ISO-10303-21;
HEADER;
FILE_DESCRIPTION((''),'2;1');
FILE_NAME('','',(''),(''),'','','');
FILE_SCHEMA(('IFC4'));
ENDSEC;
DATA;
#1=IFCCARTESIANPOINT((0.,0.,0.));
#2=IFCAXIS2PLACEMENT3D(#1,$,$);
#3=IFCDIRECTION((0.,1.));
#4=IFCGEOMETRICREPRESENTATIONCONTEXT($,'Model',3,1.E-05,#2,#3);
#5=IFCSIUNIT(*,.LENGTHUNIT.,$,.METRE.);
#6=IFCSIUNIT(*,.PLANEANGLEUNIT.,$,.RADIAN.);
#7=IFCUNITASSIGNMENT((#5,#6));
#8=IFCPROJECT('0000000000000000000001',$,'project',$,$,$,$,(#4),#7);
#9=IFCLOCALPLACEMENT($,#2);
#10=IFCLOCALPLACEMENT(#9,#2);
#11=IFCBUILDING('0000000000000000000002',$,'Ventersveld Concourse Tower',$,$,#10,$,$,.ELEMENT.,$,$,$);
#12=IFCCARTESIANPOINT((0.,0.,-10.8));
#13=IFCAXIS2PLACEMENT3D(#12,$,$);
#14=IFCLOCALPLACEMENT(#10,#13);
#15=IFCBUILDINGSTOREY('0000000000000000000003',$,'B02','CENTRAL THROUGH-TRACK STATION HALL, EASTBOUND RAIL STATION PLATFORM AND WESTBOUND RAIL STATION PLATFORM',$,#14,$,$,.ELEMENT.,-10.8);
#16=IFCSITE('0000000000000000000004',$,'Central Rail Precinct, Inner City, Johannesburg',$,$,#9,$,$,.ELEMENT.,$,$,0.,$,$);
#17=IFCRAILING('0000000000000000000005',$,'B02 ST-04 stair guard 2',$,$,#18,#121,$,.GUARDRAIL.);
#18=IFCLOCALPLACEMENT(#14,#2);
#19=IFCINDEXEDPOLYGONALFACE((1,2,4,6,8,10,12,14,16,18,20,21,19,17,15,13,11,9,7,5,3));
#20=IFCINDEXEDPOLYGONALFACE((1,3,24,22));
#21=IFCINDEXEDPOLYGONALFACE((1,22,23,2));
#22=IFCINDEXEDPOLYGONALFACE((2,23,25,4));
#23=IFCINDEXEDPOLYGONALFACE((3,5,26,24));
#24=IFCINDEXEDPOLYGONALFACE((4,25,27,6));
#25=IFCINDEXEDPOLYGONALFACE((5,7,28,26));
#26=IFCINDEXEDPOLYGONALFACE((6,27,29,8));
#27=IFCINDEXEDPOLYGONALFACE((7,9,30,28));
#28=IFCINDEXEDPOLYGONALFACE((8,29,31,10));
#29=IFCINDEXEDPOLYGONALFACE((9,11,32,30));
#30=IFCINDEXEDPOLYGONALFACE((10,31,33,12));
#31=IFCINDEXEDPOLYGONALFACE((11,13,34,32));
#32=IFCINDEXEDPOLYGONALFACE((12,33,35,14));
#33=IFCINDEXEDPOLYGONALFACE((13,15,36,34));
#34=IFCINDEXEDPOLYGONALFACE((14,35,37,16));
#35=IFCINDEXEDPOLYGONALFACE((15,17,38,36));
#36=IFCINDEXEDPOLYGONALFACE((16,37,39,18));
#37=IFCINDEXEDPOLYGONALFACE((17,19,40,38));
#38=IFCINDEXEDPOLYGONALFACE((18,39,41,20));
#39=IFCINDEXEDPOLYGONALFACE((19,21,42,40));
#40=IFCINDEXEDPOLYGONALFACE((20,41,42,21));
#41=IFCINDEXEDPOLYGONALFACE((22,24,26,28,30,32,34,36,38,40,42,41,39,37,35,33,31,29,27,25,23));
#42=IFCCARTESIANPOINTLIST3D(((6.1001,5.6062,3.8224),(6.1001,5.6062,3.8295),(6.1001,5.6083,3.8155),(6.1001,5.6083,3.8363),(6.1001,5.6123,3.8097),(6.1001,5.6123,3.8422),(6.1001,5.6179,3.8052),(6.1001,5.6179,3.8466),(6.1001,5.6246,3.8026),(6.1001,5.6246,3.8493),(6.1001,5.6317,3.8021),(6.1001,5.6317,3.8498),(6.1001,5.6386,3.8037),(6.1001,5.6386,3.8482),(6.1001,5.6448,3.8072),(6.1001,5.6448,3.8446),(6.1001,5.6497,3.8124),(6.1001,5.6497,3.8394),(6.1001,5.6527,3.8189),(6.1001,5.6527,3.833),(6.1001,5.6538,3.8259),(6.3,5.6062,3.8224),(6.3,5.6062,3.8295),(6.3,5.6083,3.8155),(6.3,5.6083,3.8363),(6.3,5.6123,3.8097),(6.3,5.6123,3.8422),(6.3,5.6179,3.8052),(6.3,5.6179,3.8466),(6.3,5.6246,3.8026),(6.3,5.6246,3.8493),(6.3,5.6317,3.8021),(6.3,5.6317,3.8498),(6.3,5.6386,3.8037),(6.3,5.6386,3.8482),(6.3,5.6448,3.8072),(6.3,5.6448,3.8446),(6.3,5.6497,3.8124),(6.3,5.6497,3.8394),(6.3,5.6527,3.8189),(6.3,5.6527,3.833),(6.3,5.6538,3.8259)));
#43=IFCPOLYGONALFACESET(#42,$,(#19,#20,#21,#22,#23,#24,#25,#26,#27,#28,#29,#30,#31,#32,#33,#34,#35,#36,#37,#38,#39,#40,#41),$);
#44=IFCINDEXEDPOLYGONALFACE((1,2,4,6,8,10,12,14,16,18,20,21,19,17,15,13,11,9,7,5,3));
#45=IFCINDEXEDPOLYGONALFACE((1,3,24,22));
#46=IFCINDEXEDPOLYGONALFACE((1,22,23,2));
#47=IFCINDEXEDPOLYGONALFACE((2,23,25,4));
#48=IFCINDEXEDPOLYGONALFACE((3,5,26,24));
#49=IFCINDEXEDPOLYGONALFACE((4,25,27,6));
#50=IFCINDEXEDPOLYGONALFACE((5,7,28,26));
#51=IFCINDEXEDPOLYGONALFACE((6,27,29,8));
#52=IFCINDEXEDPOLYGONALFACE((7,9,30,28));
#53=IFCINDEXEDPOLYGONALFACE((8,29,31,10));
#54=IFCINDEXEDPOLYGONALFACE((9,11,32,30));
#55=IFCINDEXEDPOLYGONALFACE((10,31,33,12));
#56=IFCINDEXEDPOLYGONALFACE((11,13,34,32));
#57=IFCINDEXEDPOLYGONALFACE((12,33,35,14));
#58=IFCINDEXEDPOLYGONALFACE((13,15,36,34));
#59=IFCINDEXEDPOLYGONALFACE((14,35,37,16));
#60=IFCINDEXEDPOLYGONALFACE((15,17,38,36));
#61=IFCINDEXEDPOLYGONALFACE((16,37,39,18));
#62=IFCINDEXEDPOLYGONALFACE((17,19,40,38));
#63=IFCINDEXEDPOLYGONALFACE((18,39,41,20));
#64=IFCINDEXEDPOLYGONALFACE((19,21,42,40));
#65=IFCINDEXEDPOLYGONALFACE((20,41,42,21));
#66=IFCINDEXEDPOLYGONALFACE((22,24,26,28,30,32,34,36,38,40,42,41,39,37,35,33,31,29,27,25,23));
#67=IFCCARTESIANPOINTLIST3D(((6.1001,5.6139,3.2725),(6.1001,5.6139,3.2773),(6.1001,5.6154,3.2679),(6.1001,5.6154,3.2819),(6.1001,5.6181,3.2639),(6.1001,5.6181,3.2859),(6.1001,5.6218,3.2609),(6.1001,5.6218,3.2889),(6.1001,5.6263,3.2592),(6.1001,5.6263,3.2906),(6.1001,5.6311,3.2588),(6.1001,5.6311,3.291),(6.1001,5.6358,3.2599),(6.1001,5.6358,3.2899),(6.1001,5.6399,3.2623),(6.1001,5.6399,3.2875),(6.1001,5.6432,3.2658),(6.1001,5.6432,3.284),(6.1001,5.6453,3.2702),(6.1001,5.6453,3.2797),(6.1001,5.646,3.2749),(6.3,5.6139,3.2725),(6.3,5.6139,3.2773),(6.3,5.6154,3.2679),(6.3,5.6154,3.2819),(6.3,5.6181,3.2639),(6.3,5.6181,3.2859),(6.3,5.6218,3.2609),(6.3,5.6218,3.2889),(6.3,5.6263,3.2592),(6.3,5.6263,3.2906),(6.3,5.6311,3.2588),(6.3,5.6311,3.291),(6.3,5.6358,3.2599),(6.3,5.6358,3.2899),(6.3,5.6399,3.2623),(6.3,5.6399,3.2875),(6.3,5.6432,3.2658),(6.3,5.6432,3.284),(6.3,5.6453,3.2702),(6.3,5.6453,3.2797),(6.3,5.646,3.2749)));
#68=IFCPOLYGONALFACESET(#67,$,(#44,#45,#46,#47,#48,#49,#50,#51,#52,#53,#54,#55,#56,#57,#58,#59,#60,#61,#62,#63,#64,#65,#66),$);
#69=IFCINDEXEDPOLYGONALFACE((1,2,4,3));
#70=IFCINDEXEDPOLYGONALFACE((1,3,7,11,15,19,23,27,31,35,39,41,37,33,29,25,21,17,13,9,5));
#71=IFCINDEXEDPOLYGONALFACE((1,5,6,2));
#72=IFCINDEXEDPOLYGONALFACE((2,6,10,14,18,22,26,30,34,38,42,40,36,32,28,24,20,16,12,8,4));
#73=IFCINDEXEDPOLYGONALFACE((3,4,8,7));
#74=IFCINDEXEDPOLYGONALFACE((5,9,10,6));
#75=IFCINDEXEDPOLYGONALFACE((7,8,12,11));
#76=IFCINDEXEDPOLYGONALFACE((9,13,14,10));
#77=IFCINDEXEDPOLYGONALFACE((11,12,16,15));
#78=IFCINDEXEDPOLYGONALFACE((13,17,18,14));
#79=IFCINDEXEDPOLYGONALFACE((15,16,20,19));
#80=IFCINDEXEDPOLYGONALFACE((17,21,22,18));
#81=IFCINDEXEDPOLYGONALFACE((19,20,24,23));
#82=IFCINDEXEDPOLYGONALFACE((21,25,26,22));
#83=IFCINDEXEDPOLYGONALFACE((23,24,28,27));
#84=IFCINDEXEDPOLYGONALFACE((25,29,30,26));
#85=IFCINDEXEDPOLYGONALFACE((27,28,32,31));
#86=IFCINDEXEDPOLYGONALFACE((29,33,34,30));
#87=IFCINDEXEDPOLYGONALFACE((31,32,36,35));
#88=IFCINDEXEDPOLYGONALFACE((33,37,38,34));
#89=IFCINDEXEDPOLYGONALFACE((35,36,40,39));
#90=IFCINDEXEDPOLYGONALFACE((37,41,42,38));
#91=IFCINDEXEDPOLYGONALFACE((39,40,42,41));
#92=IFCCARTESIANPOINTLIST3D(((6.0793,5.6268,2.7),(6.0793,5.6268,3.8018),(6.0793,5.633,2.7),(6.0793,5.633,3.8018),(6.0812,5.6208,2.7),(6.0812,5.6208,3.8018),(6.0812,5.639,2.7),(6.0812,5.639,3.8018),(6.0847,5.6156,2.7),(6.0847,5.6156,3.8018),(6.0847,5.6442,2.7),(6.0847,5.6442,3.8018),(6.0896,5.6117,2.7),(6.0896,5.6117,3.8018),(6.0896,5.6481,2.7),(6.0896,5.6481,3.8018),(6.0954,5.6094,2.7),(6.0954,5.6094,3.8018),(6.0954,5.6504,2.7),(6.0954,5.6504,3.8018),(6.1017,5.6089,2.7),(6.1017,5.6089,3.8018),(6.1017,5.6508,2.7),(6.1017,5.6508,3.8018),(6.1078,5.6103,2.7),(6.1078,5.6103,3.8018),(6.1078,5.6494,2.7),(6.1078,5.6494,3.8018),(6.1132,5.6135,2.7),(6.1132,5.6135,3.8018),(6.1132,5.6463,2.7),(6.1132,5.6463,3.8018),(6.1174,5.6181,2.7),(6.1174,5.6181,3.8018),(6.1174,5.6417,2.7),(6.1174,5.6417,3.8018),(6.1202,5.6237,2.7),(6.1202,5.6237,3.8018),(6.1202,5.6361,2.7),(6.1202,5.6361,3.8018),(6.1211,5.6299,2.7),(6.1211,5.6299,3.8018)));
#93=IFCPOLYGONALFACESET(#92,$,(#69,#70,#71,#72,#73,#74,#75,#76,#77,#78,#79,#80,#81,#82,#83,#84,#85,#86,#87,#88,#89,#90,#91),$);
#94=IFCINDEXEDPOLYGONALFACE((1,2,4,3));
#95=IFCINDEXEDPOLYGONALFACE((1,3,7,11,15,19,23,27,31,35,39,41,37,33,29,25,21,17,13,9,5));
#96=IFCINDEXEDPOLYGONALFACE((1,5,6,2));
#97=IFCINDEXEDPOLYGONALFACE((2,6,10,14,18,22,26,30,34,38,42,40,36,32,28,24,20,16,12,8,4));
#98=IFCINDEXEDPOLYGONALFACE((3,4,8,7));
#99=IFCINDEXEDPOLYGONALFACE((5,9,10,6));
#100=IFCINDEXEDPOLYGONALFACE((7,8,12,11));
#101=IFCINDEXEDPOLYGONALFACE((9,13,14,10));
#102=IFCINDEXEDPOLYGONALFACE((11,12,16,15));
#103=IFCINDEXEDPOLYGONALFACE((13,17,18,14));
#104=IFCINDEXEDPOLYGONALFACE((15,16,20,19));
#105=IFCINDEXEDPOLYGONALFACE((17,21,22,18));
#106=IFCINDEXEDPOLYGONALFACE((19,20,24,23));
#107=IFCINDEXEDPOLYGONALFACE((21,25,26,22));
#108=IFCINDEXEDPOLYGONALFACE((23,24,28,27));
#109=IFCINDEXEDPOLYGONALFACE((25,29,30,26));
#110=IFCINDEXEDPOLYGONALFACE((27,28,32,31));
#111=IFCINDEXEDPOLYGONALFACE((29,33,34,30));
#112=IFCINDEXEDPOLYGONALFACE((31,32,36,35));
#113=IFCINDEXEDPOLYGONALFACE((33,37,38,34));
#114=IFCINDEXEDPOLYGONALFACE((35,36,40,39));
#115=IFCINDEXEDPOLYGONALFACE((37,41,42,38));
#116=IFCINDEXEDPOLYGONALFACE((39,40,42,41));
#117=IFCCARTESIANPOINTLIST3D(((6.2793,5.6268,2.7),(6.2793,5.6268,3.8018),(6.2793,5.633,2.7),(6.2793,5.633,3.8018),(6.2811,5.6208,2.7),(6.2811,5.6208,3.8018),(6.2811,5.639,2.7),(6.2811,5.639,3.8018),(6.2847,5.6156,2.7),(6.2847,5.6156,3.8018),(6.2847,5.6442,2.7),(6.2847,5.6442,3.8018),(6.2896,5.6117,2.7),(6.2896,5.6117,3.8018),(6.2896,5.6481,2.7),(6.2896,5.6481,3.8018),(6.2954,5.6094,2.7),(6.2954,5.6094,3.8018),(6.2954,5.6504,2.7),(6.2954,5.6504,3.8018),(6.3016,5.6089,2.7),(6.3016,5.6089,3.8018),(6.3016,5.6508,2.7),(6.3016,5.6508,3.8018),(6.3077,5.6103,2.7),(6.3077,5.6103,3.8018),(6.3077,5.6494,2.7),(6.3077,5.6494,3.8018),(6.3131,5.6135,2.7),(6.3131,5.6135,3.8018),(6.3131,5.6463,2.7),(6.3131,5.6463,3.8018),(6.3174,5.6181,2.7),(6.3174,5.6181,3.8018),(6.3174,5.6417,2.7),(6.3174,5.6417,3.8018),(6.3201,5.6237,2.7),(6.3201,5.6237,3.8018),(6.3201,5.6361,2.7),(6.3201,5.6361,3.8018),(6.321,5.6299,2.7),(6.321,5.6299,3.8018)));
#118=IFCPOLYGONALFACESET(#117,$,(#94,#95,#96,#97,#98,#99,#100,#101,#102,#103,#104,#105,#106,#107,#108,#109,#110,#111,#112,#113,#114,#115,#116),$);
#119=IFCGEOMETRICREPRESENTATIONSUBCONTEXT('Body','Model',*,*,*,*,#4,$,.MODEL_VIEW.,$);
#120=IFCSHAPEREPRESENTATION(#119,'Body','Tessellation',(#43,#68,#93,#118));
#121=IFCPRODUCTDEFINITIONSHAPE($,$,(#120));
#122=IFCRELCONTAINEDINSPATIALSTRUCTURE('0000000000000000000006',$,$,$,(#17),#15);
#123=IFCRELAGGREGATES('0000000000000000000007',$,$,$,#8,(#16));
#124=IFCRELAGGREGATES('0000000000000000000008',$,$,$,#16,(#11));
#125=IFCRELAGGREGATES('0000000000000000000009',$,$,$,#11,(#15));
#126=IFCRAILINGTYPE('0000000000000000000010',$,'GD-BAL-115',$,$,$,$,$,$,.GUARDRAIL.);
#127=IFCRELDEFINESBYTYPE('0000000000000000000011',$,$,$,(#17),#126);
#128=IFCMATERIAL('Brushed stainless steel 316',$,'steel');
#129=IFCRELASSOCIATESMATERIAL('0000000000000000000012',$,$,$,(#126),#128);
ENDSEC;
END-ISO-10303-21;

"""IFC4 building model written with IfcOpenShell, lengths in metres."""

from ifc_helpers import new_model, si_unit, direction, frame, origin, origin_2d, place, context, subcontext, project, spatial, circle, extrude, material, type_object, element, save


model = new_model("IFC4")

# Units and contexts
model_context = context("Model", 3, precision=1e-05, world=origin(), true_north=direction((0.0, 1.0)))
body_context = subcontext(model_context, "Body", "Model", "MODEL_VIEW")
ifc_project = project(units=[si_unit("LENGTHUNIT", "METRE"), si_unit("PLANEANGLEUNIT", "RADIAN")], contexts=[model_context])

# Site, building, storey
site_placement = place(None, origin())
site = spatial("IfcSite", under=ifc_project, at=site_placement, Name="Central Rail Precinct, Inner City, Johannesburg", CompositionType="ELEMENT", RefElevation=0.0)
building_placement = place(site_placement, origin())
building = spatial("IfcBuilding", under=site, at=building_placement, Name="Ventersveld Concourse Tower", CompositionType="ELEMENT")
storey_placement = place(building_placement, frame((0.0, 0.0, -10.8)))
storey = spatial("IfcBuildingStorey", under=building, at=storey_placement, Name="B02", Description="CENTRAL THROUGH-TRACK STATION HALL, EASTBOUND RAIL STATION PLATFORM AND WESTBOUND RAIL STATION PLATFORM", CompositionType="ELEMENT", Elevation=-10.8)

# Railing
ifc_material_1 = material(Name="Brushed stainless steel 316", Category="steel")
railing_type_1 = type_object("IfcRailingType", Name="GD-BAL-115", PredefinedType="GUARDRAIL", material=ifc_material_1)
railing_1_placement = place(storey_placement, frame((6.1001, 5.6299, 2.7)))
element("IfcRailing", 1, at=railing_1_placement, inside=storey, type_object=railing_type_1, Name="B02 ST-04 stair guard 2", PredefinedType="GUARDRAIL", context=body_context, shape_type="SweptSolid", body=[
    extrude(circle(Radius=0.0239, at=origin_2d()), frame((0.0, 0.0, 1.126), z_axis=(1.0, 0.0, 0.0), x_axis=(0.0, 1.0, 0.0)), (0.0, 0.0, 1.0), 0.2),
    extrude(circle(Radius=0.0161, at=origin_2d()), frame((0.0, 0.0, 0.575), z_axis=(1.0, 0.0, 0.0), x_axis=(0.0, 1.0, 0.0)), (0.0, 0.0, 1.0), 0.2),
    extrude(circle(Radius=0.021, at=origin_2d()), origin(), (0.0, 0.0, 1.0), 1.1018),
    extrude(circle(Radius=0.021, at=origin_2d()), frame((0.2, 0.0, 0.0)), (0.0, 0.0, 1.0), 1.1018),
])

save(model, "model.ifc")
